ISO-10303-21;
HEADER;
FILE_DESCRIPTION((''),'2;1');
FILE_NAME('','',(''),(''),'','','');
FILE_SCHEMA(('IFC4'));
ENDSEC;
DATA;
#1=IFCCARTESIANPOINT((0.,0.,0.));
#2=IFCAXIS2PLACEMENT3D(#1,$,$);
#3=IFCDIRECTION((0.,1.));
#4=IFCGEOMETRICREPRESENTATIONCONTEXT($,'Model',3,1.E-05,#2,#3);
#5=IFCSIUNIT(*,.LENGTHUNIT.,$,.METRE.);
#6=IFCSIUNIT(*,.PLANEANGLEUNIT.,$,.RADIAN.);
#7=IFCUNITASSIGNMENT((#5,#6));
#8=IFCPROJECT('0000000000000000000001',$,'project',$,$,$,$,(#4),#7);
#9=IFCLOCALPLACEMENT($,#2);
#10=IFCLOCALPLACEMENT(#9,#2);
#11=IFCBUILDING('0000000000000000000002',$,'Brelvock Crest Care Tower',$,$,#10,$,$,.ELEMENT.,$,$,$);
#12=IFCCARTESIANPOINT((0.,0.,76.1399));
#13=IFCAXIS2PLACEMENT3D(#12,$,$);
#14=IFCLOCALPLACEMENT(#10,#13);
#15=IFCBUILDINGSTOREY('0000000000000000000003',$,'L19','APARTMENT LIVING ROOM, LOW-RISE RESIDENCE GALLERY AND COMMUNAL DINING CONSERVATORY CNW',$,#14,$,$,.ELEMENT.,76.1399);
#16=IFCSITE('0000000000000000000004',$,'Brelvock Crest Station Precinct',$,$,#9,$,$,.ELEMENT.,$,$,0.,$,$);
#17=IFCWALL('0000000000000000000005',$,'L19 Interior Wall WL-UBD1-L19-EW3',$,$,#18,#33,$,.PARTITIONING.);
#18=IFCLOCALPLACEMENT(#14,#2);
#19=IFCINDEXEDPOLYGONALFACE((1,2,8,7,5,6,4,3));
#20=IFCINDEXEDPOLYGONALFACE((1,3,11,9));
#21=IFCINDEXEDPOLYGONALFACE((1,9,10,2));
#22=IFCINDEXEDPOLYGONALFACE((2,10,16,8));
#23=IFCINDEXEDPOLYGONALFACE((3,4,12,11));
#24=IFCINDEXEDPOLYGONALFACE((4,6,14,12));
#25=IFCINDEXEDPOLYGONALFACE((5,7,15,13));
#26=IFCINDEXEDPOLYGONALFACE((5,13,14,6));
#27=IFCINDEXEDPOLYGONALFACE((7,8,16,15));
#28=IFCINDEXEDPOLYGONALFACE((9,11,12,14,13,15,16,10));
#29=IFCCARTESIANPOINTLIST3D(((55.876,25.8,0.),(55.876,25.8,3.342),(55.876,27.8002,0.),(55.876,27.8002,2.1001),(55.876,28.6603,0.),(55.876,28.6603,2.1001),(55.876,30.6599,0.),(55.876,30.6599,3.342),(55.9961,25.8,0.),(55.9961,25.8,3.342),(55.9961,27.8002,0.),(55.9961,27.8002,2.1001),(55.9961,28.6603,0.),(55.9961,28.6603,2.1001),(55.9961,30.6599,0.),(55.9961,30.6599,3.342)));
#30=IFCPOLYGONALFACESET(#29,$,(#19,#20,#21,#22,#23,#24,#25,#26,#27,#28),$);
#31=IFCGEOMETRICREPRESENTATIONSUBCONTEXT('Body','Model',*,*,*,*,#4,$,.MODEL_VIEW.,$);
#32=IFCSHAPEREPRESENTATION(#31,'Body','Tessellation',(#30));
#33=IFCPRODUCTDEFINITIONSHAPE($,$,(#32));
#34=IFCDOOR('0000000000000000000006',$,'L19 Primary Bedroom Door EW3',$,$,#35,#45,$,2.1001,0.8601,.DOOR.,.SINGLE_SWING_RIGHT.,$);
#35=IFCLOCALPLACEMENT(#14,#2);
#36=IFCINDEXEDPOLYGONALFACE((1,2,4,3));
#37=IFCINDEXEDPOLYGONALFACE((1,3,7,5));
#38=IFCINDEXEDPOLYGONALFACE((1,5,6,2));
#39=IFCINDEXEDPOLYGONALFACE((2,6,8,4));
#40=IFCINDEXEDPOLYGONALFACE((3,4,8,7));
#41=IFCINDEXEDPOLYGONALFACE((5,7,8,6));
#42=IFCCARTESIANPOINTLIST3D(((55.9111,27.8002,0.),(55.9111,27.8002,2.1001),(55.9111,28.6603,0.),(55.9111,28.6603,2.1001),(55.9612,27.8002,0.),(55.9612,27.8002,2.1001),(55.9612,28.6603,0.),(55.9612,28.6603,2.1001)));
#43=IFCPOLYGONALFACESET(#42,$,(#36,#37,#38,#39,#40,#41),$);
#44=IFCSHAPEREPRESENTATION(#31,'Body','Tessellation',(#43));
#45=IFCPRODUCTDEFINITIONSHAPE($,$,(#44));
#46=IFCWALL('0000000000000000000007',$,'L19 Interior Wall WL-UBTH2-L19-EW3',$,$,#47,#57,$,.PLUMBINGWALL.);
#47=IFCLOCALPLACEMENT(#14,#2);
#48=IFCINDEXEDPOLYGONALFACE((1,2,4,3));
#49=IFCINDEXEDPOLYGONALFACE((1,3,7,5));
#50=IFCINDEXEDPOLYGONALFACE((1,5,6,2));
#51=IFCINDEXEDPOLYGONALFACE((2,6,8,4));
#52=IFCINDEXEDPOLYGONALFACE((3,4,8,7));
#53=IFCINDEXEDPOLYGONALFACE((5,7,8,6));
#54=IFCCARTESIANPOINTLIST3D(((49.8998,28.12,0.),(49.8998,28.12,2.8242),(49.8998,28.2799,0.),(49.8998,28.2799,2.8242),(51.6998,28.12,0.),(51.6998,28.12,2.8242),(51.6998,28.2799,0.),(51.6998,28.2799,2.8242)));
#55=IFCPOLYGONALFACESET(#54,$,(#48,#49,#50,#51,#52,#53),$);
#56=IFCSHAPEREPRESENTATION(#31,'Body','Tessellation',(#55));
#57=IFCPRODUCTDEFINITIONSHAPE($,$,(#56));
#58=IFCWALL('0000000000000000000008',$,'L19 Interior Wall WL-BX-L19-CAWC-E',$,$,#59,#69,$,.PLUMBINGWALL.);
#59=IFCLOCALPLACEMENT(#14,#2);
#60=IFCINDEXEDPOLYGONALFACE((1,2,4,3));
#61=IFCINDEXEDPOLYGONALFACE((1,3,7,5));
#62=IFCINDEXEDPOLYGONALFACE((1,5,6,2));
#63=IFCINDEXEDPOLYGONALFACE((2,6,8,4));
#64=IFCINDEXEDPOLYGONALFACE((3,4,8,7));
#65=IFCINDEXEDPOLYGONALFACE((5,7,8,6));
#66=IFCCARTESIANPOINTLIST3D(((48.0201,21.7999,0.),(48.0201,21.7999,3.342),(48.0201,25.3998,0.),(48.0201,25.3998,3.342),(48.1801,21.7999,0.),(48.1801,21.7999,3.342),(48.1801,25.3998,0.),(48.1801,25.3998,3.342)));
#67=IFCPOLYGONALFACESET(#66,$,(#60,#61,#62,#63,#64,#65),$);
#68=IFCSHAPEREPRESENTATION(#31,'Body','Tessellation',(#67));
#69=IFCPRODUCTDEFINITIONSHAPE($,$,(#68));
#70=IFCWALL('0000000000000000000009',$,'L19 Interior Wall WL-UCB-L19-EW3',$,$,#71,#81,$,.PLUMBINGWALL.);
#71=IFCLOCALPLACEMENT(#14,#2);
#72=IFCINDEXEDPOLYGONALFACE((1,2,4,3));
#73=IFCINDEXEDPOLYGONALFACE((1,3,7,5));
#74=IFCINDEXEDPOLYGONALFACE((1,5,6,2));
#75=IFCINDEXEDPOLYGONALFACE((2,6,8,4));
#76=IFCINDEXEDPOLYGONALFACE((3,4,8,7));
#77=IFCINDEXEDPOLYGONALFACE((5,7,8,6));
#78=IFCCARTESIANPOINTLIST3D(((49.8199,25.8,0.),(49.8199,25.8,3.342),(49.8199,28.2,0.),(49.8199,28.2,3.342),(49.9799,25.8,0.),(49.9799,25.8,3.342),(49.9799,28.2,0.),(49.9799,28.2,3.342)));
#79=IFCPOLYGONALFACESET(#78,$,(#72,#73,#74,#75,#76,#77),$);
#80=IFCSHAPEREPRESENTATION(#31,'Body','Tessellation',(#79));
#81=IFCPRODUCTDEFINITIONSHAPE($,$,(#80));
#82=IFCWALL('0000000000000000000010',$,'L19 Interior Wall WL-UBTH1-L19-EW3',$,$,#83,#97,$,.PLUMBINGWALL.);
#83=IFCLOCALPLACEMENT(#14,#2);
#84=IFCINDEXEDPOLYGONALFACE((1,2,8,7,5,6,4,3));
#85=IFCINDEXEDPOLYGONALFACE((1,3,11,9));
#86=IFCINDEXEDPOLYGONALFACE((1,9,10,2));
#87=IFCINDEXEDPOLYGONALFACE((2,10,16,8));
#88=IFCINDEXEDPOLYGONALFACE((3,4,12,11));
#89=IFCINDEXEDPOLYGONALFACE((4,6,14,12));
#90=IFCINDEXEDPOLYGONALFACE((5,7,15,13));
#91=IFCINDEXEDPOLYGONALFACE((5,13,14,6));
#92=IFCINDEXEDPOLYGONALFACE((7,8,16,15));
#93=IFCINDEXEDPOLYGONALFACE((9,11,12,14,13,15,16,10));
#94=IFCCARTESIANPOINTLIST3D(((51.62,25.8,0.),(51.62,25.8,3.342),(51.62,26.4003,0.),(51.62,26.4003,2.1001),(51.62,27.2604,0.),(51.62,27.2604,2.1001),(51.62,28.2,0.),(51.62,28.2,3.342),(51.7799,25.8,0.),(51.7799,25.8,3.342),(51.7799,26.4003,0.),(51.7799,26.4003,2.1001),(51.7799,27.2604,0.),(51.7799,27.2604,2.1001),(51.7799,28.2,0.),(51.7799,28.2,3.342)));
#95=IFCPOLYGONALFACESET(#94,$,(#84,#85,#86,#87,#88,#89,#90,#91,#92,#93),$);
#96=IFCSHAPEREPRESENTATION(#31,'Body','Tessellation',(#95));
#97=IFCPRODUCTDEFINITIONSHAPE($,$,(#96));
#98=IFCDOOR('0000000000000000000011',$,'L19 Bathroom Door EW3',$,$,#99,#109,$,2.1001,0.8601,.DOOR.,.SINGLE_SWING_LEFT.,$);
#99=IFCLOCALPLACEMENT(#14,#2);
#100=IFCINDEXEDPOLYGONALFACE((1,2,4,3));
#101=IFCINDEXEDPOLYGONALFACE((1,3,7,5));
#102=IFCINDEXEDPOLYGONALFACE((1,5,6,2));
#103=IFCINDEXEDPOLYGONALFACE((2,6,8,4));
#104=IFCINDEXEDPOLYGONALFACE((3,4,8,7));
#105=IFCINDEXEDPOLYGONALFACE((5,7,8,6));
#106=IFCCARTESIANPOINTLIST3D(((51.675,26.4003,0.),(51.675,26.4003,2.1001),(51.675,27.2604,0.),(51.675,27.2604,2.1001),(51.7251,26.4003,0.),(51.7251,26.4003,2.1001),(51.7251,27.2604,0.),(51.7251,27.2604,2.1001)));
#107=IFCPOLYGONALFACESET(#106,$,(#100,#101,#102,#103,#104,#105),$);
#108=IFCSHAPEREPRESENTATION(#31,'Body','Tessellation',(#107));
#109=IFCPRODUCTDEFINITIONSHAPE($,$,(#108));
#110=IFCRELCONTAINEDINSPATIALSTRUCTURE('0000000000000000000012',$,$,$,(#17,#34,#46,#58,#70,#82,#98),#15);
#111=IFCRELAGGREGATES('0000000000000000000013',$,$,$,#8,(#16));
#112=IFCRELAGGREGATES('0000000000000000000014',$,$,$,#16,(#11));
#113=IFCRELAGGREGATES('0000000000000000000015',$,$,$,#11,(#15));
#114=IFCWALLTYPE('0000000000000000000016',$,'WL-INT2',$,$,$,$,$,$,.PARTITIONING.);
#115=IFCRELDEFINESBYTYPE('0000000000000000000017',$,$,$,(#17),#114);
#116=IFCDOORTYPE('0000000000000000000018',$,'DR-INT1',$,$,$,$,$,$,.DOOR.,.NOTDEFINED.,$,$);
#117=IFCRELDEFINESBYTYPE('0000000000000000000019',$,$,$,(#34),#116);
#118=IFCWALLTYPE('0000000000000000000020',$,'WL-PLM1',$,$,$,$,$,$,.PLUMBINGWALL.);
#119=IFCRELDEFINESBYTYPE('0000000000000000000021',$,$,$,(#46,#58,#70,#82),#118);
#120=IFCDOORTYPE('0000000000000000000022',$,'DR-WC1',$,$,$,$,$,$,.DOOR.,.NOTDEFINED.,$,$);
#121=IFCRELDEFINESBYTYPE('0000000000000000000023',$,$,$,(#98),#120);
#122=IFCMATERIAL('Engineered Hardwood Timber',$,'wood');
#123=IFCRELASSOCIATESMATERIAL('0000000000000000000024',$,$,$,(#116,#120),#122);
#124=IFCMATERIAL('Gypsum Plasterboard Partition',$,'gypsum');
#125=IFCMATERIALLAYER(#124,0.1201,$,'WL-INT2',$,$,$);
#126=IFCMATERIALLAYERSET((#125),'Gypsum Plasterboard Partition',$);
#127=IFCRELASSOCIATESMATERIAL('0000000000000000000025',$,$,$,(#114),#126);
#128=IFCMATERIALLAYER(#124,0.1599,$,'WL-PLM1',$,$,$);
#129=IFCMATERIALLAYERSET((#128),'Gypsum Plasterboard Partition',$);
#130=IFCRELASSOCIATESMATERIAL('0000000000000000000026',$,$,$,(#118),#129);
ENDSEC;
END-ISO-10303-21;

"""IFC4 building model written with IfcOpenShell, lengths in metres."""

from ifc_helpers import new_model, si_unit, direction, frame, frame_2d, origin, origin_2d, place, context, subcontext, project, spatial, rectangle, extrude, source, transform, mapped, material, layer, layer_set, type_object, element, fill, save


model = new_model("IFC4")

# Units and contexts
model_context = context("Model", 3, precision=1e-05, world=origin(), true_north=direction((0.0, 1.0)))
body_context = subcontext(model_context, "Body", "Model", "MODEL_VIEW")
ifc_project = project(units=[si_unit("LENGTHUNIT", "METRE"), si_unit("PLANEANGLEUNIT", "RADIAN")], contexts=[model_context])

# Site, building, storey
site_placement = place(None, origin())
site = spatial("IfcSite", under=ifc_project, at=site_placement, Name="Brelvock Crest Station Precinct", CompositionType="ELEMENT", RefElevation=0.0)
building_placement = place(site_placement, origin())
building = spatial("IfcBuilding", under=site, at=building_placement, Name="Brelvock Crest Care Tower", CompositionType="ELEMENT")
storey_placement = place(building_placement, frame((0.0, 0.0, 76.1399)))
storey = spatial("IfcBuildingStorey", under=building, at=storey_placement, Name="L19", Description="APARTMENT LIVING ROOM, LOW-RISE RESIDENCE GALLERY AND COMMUNAL DINING CONSERVATORY CNW", CompositionType="ELEMENT", Elevation=76.1399)

# Shared definitions
ifc_material_1 = material(Name="Engineered Hardwood Timber", Category="wood")
door_type_1 = type_object("IfcDoorType", Name="DR-INT1", OperationType="NOTDEFINED", PredefinedType="DOOR", material=ifc_material_1)
shared_shape_1 = source(origin(), body_context, "Body", "SweptSolid", [
    extrude(rectangle(XDim=0.8601, YDim=2.1001, at=origin_2d()), frame((0.4302, 0.0249, 1.05), z_axis=(0.0, -1.0, 0.0), x_axis=(1.0, 0.0, 0.0)), (0.0, 0.0, 1.0), 0.05),
])

# Shared definitions
ifc_material_2 = material(Name="Gypsum Plasterboard Partition", Category="gypsum")
ifc_layer_1 = layer(ifc_material_2, 0.1201, Name="WL-INT2")
ifc_layer_set_1 = layer_set([ifc_layer_1], Name="Gypsum Plasterboard Partition")
wall_type_1 = type_object("IfcWallType", Name="WL-INT2", PredefinedType="PARTITIONING", material=ifc_layer_set_1)

# Wall, opening, door
wall_1_placement = place(storey_placement, frame((55.936, 25.8, 0.0), z_axis=(0.0, 0.0, 1.0), x_axis=(0.0, 1.0, 0.0)))
wall_1 = element("IfcWall", 1, at=wall_1_placement, inside=storey, type_object=wall_type_1, Name="L19 Interior Wall WL-UBD1-L19-EW3", PredefinedType="PARTITIONING", context=body_context, shape_type="SweptSolid", body=[
    extrude(rectangle(XDim=4.8599, YDim=0.1201, at=frame_2d((2.4299, 0.0))), origin(), (0.0, 0.0, 1.0), 3.342),
])
opening_1_placement = place(wall_1_placement, frame((2.0, 0.0, 0.0)))
opening_1 = element("IfcOpeningElement", 2, at=opening_1_placement, cuts=wall_1, PredefinedType="OPENING", context=body_context, shape_type="SweptSolid", body=[
    extrude(rectangle(XDim=0.8601, YDim=2.1001, at=origin_2d()), frame((0.4302, 0.0701, 1.05), z_axis=(0.0, -1.0, 0.0), x_axis=(1.0, 0.0, 0.0)), (0.0, 0.0, 1.0), 0.1401),
])
door_1_placement = place(opening_1_placement, origin())
door_1 = element("IfcDoor", 3, at=door_1_placement, inside=storey, type_object=door_type_1, Name="L19 Primary Bedroom Door EW3", OperationType="SINGLE_SWING_RIGHT", OverallHeight=2.1001, OverallWidth=0.8601, PredefinedType="DOOR", context=body_context, shape_type="MappedRepresentation", body=[
    mapped(shared_shape_1, transform((0.0, 0.0, 0.0), x_axis=(1.0, 0.0, 0.0), y_axis=(0.0, 1.0, 0.0), z_axis=(0.0, 0.0, 1.0), scale=1.0)),
])
fill(opening_1, door_1)

# Walls
ifc_layer_2 = layer(ifc_material_2, 0.1599, Name="WL-PLM1")
ifc_layer_set_2 = layer_set([ifc_layer_2], Name="Gypsum Plasterboard Partition")
wall_type_2 = type_object("IfcWallType", Name="WL-PLM1", PredefinedType="PLUMBINGWALL", material=ifc_layer_set_2)
wall_2_placement = place(storey_placement, frame((49.8999, 28.2, 0.0), z_axis=(0.0, 0.0, 1.0), x_axis=(1.0, 0.0, 0.0)))
element("IfcWall", 4, at=wall_2_placement, inside=storey, type_object=wall_type_2, Name="L19 Interior Wall WL-UBTH2-L19-EW3", PredefinedType="PLUMBINGWALL", context=body_context, shape_type="SweptSolid", body=[
    extrude(rectangle(XDim=1.8, YDim=0.1599, at=frame_2d((0.8999, 0.0))), origin(), (0.0, 0.0, 1.0), 2.8242),
])
wall_3_placement = place(storey_placement, frame((48.1001, 21.8, 0.0), z_axis=(0.0, 0.0, 1.0), x_axis=(0.0, 1.0, 0.0)))
element("IfcWall", 5, at=wall_3_placement, inside=storey, type_object=wall_type_2, Name="L19 Interior Wall WL-BX-L19-CAWC-E", PredefinedType="PLUMBINGWALL", context=body_context, shape_type="SweptSolid", body=[
    extrude(rectangle(XDim=3.5999, YDim=0.1599, at=frame_2d((1.7998, 0.0))), origin(), (0.0, 0.0, 1.0), 3.342),
])
wall_4_placement = place(storey_placement, frame((49.8999, 25.8, 0.0), z_axis=(0.0, 0.0, 1.0), x_axis=(0.0, 1.0, 0.0)))
element("IfcWall", 6, at=wall_4_placement, inside=storey, type_object=wall_type_2, Name="L19 Interior Wall WL-UCB-L19-EW3", PredefinedType="PLUMBINGWALL", context=body_context, shape_type="SweptSolid", body=[
    extrude(rectangle(XDim=2.3999, YDim=0.1599, at=frame_2d((1.2, 0.0))), origin(), (0.0, 0.0, 1.0), 3.342),
])

# Wall, opening, door
wall_5_placement = place(storey_placement, frame((51.7, 25.8, 0.0), z_axis=(0.0, 0.0, 1.0), x_axis=(0.0, 1.0, 0.0)))
wall_5 = element("IfcWall", 7, at=wall_5_placement, inside=storey, type_object=wall_type_2, Name="L19 Interior Wall WL-UBTH1-L19-EW3", PredefinedType="PLUMBINGWALL", context=body_context, shape_type="SweptSolid", body=[
    extrude(rectangle(XDim=2.3999, YDim=0.1599, at=frame_2d((1.2, 0.0))), origin(), (0.0, 0.0, 1.0), 3.342),
])
opening_2_placement = place(wall_5_placement, frame((0.6001, 0.0, 0.0)))
opening_2 = element("IfcOpeningElement", 8, at=opening_2_placement, cuts=wall_5, PredefinedType="OPENING", context=body_context, shape_type="SweptSolid", body=[
    extrude(rectangle(XDim=0.8601, YDim=2.1001, at=origin_2d()), frame((0.4302, 0.0898, 1.05), z_axis=(0.0, -1.0, 0.0), x_axis=(1.0, 0.0, 0.0)), (0.0, 0.0, 1.0), 0.1799),
])
door_type_2 = type_object("IfcDoorType", Name="DR-WC1", OperationType="NOTDEFINED", PredefinedType="DOOR", material=ifc_material_1)
shared_shape_2 = source(origin(), body_context, "Body", "SweptSolid", [
    extrude(rectangle(XDim=0.8601, YDim=2.1001, at=origin_2d()), frame((0.4302, 0.0249, 1.05), z_axis=(0.0, -1.0, 0.0), x_axis=(1.0, 0.0, 0.0)), (0.0, 0.0, 1.0), 0.05),
])
door_2_placement = place(opening_2_placement, origin())
door_2 = element("IfcDoor", 9, at=door_2_placement, inside=storey, type_object=door_type_2, Name="L19 Bathroom Door EW3", OperationType="SINGLE_SWING_LEFT", OverallHeight=2.1001, OverallWidth=0.8601, PredefinedType="DOOR", context=body_context, shape_type="MappedRepresentation", body=[
    mapped(shared_shape_2, transform((0.0, 0.0, 0.0), x_axis=(1.0, 0.0, 0.0), y_axis=(0.0, 1.0, 0.0), z_axis=(0.0, 0.0, 1.0), scale=1.0)),
])
fill(opening_2, door_2)

save(model, "model.ifc")
